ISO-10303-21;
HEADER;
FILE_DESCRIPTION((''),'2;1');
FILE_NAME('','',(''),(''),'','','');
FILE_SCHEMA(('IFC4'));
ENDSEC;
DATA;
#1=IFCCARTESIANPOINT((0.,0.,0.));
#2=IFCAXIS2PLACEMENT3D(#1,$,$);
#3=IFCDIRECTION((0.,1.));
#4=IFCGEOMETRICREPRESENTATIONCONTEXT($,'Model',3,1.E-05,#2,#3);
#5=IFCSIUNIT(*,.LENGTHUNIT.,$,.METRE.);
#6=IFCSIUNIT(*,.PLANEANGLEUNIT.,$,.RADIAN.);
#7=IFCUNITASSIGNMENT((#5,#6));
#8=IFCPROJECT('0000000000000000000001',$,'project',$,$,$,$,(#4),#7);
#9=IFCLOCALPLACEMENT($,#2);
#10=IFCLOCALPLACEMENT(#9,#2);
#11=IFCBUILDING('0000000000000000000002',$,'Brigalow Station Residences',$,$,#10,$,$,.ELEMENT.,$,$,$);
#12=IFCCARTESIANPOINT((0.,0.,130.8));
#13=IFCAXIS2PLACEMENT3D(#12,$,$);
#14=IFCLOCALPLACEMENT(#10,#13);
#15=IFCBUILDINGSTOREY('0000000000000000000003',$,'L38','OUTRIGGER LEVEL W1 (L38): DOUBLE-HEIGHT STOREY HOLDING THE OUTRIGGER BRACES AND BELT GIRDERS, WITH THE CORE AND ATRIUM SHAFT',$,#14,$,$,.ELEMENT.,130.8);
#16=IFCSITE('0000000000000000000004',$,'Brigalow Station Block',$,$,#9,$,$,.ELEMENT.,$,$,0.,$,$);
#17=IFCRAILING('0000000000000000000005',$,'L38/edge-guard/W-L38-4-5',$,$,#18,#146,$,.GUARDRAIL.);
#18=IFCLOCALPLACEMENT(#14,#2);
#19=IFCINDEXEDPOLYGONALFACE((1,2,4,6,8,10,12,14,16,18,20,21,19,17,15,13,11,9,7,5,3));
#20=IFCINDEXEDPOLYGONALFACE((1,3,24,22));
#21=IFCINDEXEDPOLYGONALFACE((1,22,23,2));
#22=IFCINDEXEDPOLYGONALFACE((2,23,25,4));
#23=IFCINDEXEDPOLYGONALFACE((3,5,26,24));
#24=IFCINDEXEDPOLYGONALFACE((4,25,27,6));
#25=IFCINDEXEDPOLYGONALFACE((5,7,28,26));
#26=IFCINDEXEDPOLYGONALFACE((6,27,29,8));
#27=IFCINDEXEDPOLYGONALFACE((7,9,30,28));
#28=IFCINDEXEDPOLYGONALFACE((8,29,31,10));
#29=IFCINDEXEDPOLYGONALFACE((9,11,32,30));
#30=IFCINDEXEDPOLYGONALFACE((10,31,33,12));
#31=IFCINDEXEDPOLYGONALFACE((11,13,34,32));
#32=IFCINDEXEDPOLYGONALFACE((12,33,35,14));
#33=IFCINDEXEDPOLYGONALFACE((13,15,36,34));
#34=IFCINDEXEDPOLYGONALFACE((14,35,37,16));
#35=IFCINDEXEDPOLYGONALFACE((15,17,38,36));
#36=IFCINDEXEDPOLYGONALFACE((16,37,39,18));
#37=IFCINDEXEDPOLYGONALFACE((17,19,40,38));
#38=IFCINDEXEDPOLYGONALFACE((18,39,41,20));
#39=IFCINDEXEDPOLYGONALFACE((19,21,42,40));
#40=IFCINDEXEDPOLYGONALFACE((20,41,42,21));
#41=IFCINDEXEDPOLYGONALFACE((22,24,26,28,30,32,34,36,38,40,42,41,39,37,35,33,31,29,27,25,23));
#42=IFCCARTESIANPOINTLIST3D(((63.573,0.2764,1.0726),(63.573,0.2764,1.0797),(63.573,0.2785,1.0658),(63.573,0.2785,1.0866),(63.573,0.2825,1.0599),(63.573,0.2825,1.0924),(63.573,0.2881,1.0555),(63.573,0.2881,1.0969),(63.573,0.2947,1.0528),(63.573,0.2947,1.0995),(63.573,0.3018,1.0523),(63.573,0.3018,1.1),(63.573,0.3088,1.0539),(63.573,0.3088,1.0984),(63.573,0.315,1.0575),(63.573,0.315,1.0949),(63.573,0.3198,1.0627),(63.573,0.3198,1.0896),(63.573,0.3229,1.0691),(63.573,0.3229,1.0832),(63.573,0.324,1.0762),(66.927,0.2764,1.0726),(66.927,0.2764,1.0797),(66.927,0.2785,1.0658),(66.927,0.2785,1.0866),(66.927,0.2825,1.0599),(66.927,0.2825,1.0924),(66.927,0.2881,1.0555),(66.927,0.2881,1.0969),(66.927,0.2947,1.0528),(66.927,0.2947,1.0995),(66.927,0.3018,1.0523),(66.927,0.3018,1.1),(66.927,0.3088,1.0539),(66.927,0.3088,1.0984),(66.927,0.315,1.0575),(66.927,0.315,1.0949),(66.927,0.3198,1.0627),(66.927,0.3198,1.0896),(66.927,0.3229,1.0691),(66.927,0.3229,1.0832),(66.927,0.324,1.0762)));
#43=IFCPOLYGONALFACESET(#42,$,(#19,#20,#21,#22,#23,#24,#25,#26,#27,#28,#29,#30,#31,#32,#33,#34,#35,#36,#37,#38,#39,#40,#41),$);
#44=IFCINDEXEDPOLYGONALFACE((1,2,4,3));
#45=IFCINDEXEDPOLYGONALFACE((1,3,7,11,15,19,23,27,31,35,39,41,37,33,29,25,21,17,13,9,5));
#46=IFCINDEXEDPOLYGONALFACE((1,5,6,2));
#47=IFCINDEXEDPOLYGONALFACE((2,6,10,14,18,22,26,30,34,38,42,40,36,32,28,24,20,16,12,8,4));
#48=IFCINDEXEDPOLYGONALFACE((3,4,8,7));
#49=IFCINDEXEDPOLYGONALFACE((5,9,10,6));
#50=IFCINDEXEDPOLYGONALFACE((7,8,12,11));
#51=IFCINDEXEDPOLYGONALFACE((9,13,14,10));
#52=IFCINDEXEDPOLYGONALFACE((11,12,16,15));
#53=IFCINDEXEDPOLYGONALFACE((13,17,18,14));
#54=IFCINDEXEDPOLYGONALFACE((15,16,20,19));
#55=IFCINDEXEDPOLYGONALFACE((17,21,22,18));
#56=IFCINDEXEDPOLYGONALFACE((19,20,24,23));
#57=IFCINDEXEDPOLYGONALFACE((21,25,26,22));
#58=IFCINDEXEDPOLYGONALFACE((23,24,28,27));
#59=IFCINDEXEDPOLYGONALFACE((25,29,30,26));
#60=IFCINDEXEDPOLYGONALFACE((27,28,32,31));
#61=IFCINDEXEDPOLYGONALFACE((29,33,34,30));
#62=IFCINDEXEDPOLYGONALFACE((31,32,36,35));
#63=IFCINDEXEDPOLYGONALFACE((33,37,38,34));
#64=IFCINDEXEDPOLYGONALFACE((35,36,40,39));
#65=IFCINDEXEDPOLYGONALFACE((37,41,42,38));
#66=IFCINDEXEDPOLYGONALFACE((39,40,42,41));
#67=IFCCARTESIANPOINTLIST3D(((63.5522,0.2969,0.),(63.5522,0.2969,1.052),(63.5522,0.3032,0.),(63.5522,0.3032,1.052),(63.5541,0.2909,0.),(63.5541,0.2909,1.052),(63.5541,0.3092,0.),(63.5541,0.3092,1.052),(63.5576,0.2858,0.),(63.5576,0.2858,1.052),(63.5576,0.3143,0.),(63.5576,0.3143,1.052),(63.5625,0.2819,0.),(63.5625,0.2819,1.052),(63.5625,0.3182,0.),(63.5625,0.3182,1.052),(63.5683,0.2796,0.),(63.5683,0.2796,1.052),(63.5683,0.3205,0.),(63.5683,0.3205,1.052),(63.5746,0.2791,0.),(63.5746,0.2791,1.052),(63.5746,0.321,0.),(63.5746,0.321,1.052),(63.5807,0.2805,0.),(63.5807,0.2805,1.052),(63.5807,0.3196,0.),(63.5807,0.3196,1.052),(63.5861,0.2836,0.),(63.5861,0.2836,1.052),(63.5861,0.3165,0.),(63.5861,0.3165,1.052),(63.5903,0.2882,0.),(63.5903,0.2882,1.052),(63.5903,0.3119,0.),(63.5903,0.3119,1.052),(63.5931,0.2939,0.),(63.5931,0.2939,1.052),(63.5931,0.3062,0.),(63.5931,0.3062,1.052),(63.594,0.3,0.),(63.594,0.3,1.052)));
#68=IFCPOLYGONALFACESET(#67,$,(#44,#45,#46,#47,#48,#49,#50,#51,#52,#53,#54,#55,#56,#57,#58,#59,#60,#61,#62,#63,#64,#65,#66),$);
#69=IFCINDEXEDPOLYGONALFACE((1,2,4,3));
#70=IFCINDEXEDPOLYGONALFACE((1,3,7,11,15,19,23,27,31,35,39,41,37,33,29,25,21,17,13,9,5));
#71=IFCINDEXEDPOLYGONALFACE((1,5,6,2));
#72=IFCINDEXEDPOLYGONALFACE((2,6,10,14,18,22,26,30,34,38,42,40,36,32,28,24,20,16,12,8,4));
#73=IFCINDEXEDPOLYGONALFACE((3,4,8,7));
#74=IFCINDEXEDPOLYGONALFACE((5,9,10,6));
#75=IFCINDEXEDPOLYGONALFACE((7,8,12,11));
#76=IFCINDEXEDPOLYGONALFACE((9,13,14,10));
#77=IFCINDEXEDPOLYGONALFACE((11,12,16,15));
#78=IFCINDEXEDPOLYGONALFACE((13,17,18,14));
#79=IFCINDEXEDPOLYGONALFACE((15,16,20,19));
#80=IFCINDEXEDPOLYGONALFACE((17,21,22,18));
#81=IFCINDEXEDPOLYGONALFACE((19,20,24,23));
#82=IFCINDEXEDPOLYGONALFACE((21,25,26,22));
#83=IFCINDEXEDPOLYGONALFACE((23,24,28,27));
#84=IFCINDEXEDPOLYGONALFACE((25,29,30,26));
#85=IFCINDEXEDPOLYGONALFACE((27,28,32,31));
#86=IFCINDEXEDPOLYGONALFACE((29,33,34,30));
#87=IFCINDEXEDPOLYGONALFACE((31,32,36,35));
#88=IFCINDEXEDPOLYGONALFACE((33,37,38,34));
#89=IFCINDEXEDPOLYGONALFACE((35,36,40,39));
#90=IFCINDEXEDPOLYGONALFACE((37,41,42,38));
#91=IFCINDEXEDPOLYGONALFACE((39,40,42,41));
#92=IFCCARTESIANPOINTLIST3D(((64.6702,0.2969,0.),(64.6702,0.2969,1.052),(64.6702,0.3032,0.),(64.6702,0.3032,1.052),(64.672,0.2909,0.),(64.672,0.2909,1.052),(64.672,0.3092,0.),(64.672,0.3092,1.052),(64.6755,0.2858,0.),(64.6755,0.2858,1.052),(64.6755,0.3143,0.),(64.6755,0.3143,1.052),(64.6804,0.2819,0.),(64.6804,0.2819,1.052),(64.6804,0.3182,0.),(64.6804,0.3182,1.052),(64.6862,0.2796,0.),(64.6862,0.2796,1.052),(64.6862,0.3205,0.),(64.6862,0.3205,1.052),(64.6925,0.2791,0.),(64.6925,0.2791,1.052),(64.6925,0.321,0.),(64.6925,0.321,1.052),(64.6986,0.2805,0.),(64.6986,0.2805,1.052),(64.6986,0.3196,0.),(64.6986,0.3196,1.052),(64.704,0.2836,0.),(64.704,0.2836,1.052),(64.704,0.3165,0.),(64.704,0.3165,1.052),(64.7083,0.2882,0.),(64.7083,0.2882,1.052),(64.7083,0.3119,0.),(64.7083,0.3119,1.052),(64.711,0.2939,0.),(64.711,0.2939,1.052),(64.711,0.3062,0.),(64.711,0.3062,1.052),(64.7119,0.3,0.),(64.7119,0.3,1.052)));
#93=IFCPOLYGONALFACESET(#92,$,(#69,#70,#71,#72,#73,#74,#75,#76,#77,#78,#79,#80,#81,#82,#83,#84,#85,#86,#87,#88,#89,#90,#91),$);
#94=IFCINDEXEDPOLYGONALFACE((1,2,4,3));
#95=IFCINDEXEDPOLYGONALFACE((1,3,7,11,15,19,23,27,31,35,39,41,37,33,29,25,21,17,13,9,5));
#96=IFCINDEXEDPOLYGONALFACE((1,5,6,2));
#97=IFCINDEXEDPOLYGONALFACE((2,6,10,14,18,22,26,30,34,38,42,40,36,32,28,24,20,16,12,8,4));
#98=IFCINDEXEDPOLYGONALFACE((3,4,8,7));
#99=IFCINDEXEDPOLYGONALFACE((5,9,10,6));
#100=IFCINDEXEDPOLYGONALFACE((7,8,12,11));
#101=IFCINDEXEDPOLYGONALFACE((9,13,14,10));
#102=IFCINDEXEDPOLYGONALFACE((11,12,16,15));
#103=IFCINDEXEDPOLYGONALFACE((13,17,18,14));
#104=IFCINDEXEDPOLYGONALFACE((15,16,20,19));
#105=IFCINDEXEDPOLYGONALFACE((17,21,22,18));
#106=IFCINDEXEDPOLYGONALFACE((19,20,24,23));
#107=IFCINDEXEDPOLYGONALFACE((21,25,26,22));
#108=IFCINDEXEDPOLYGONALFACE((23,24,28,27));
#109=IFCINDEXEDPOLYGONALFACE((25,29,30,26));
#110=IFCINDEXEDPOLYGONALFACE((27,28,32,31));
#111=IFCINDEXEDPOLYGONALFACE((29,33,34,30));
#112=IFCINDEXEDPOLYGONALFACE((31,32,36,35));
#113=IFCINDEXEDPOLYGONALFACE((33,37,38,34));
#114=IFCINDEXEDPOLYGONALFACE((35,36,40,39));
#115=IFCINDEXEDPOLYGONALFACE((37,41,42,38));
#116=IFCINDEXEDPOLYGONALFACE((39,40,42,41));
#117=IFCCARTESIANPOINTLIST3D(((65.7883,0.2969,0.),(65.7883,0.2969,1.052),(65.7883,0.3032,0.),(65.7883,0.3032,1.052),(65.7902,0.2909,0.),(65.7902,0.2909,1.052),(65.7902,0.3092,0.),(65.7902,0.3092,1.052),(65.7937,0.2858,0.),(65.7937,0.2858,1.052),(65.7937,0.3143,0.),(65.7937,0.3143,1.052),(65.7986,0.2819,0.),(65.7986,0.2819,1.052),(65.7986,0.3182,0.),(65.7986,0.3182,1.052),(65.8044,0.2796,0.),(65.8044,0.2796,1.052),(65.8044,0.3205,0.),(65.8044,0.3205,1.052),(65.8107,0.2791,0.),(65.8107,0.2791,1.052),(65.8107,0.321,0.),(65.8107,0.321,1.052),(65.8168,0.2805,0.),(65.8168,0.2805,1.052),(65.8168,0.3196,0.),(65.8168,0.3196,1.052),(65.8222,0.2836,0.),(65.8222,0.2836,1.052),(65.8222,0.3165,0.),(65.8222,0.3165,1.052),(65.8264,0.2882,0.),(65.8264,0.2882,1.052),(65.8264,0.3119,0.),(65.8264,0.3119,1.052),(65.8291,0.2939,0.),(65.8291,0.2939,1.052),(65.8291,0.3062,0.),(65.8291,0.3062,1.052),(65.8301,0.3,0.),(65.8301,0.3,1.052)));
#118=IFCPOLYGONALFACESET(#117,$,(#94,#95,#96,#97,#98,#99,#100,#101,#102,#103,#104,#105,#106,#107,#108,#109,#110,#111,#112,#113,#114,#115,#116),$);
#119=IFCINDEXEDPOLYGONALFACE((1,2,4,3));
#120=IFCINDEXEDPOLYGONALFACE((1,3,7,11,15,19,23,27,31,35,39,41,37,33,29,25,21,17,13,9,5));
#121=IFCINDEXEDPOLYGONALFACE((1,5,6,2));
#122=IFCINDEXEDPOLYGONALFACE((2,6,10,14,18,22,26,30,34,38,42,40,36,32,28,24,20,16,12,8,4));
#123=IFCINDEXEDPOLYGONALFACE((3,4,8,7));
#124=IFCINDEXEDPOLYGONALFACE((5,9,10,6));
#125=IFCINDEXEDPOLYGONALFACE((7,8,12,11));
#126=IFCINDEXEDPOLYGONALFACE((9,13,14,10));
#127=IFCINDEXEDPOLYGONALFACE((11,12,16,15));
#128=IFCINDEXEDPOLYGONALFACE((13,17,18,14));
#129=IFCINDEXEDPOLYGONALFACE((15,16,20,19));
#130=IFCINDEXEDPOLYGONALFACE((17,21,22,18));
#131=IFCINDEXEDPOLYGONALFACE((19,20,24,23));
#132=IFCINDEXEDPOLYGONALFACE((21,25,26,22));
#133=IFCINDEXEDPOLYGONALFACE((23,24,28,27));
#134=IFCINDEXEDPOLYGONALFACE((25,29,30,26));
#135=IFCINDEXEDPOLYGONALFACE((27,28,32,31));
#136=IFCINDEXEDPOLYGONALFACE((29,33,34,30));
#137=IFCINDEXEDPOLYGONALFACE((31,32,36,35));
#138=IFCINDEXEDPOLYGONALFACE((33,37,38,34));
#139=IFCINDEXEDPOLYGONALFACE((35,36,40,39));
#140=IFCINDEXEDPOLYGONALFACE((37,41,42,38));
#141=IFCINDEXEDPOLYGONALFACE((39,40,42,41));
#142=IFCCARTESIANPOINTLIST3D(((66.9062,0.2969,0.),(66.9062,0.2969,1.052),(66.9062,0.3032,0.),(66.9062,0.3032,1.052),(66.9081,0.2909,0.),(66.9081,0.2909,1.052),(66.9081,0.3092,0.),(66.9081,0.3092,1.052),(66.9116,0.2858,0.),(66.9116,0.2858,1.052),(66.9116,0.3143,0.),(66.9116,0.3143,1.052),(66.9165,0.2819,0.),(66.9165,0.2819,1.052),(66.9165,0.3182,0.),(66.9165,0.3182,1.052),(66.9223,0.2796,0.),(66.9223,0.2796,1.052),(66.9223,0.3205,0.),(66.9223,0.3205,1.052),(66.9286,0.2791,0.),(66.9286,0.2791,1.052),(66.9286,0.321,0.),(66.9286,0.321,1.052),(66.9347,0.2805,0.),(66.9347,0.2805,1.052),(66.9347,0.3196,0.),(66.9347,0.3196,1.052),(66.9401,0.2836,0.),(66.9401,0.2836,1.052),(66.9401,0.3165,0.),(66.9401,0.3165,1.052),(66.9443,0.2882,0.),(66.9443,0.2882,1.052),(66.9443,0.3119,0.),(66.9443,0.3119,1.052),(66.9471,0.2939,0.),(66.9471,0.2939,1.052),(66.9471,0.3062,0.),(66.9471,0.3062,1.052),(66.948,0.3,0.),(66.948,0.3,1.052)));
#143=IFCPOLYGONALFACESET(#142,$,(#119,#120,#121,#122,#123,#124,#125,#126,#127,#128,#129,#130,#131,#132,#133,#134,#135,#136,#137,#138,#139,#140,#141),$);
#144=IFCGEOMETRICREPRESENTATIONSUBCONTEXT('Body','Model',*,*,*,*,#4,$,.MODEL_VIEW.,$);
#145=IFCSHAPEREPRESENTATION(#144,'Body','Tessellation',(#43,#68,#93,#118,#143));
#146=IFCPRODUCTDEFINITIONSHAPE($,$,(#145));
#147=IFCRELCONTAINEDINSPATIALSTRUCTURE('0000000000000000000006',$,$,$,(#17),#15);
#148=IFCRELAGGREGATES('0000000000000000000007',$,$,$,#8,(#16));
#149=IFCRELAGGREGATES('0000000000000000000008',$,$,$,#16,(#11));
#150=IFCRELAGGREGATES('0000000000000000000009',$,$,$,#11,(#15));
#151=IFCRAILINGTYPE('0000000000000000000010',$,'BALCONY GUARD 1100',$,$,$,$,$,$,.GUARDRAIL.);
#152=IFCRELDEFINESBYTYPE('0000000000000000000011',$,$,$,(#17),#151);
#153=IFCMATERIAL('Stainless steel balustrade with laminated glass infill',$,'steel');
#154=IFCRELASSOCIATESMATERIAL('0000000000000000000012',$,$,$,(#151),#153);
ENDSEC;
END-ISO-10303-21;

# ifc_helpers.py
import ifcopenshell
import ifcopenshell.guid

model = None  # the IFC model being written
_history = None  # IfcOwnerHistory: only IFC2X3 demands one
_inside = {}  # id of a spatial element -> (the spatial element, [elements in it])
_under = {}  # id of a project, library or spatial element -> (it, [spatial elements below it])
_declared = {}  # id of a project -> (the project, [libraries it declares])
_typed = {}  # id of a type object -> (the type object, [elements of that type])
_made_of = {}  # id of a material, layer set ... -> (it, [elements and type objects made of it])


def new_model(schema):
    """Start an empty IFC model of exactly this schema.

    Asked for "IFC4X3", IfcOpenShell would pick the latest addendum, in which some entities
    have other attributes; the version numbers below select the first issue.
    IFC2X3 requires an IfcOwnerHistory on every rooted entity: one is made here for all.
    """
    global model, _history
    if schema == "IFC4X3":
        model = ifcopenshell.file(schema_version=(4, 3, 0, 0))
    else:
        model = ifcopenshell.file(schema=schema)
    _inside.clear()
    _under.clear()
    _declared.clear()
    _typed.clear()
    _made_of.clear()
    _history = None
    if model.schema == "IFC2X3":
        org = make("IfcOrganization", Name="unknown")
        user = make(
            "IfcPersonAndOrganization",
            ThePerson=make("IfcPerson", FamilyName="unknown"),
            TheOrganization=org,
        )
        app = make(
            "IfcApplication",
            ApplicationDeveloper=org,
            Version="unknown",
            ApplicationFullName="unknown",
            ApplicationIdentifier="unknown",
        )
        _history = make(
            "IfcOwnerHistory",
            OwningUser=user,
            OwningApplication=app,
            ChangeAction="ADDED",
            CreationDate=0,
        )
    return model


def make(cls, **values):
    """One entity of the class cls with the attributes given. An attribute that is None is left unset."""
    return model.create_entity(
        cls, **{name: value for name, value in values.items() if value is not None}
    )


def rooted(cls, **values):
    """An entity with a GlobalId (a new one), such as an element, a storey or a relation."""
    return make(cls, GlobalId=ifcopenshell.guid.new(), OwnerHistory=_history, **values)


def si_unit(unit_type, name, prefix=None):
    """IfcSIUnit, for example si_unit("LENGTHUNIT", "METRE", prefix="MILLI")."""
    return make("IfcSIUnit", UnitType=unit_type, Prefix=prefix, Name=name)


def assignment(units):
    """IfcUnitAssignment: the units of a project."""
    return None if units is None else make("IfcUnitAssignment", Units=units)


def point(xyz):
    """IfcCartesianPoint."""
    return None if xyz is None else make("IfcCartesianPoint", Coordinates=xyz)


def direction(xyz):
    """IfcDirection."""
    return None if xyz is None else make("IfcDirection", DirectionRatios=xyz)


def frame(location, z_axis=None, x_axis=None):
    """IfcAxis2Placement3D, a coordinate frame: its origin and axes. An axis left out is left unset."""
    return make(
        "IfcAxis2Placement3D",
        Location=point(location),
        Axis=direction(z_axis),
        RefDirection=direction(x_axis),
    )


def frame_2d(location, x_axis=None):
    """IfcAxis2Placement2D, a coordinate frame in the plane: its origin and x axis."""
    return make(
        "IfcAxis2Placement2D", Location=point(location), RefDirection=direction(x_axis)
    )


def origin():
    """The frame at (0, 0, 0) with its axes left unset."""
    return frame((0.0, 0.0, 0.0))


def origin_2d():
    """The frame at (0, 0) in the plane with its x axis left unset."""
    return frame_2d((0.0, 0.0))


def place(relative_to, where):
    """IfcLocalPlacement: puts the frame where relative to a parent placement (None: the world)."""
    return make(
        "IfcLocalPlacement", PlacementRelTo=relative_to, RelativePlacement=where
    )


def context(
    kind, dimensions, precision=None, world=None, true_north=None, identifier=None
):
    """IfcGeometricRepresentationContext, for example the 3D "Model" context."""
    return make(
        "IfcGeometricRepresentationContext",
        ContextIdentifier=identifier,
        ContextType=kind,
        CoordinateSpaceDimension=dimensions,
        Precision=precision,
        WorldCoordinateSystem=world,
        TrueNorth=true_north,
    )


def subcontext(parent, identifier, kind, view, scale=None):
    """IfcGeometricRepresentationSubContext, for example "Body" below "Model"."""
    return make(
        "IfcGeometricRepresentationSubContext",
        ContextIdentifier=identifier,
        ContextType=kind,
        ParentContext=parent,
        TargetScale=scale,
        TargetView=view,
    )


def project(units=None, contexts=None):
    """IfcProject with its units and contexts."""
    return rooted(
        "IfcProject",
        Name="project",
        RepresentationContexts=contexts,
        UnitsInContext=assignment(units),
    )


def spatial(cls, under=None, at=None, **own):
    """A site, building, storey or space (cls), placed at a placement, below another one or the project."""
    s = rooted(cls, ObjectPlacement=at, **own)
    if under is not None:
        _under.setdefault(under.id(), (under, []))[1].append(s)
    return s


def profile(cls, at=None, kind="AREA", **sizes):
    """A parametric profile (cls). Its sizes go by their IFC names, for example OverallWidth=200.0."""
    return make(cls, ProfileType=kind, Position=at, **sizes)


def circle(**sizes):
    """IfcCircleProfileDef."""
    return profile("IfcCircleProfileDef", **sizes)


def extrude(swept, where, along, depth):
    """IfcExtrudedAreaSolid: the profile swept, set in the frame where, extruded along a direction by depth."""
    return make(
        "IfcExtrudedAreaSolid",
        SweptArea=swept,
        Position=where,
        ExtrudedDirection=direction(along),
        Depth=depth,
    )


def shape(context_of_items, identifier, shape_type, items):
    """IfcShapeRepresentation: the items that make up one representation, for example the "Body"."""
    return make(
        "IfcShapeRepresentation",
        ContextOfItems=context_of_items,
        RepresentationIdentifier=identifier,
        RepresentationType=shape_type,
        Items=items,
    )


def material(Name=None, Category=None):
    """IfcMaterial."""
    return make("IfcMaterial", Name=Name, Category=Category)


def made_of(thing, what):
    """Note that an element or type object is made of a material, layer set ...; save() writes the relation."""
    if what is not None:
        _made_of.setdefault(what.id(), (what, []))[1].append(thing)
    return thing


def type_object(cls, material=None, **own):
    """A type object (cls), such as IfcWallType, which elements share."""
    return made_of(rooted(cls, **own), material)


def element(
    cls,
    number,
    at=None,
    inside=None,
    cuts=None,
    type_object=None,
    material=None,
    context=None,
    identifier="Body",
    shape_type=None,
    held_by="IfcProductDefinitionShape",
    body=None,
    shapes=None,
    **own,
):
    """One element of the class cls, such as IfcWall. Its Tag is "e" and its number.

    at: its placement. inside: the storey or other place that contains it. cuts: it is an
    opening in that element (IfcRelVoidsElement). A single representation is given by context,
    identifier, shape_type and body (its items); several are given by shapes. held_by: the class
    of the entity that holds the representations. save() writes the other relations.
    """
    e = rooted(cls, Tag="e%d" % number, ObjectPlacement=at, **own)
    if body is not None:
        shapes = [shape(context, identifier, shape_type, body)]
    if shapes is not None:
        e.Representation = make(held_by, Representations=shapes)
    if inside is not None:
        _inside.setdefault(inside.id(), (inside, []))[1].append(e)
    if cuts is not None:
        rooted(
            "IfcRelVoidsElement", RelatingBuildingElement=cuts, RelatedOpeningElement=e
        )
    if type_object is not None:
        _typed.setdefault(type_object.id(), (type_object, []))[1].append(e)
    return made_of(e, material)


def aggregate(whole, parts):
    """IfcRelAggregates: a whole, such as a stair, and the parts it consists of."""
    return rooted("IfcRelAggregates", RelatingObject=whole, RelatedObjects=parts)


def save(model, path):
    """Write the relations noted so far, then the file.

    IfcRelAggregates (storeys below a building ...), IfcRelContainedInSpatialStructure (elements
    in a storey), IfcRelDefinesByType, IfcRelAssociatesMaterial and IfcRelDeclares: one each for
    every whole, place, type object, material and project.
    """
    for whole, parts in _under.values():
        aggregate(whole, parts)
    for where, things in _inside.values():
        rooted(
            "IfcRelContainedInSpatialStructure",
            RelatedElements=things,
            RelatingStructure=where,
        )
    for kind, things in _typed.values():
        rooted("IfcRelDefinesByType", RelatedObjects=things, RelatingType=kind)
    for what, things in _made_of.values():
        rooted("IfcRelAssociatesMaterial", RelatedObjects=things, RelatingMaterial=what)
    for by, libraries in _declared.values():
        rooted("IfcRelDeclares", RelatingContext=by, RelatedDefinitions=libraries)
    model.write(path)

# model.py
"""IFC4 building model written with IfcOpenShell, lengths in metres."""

from ifc_helpers import new_model, si_unit, direction, frame, origin, origin_2d, place, context, subcontext, project, spatial, circle, extrude, material, type_object, element, save


model = new_model("IFC4")

# Units and contexts
model_context = context("Model", 3, precision=1e-05, world=origin(), true_north=direction((0.0, 1.0)))
body_context = subcontext(model_context, "Body", "Model", "MODEL_VIEW")
ifc_project = project(units=[si_unit("LENGTHUNIT", "METRE"), si_unit("PLANEANGLEUNIT", "RADIAN")], contexts=[model_context])

# Site, building, storey
site_placement = place(None, origin())
site = spatial("IfcSite", under=ifc_project, at=site_placement, Name="Brigalow Station Block", CompositionType="ELEMENT", RefElevation=0.0)
building_placement = place(site_placement, origin())
building = spatial("IfcBuilding", under=site, at=building_placement, Name="Brigalow Station Residences", CompositionType="ELEMENT")
storey_placement = place(building_placement, frame((0.0, 0.0, 130.8)))
storey = spatial("IfcBuildingStorey", under=building, at=storey_placement, Name="L38", Description="OUTRIGGER LEVEL W1 (L38): DOUBLE-HEIGHT STOREY HOLDING THE OUTRIGGER BRACES AND BELT GIRDERS, WITH THE CORE AND ATRIUM SHAFT", CompositionType="ELEMENT", Elevation=130.8)

# Railing
ifc_material_1 = material(Name="Stainless steel balustrade with laminated glass infill", Category="steel")
railing_type = type_object("IfcRailingType", Name="BALCONY GUARD 1100", PredefinedType="GUARDRAIL", material=ifc_material_1)
for number, where, name in (
    (1, (63.573, 0.3, 0.0), "L38/edge-guard/W-L38-4-5"),
):
    element("IfcRailing", number, at=place(storey_placement, frame(where)), inside=storey, type_object=railing_type, Name=name, PredefinedType="GUARDRAIL", context=body_context, shape_type="SweptSolid", body=[
        extrude(circle(Radius=0.0239, at=origin_2d()), frame((0.0, 0.0, 1.0762), z_axis=(1.0, 0.0, 0.0), x_axis=(0.0, 1.0, 0.0)), (0.0, 0.0, 1.0), 3.354),
        extrude(circle(Radius=0.021, at=origin_2d()), origin(), (0.0, 0.0, 1.0), 1.052),
        extrude(circle(Radius=0.021, at=origin_2d()), frame((1.1179, 0.0, 0.0)), (0.0, 0.0, 1.0), 1.052),
        extrude(circle(Radius=0.021, at=origin_2d()), frame((2.2361, 0.0, 0.0)), (0.0, 0.0, 1.0), 1.052),
        extrude(circle(Radius=0.021, at=origin_2d()), frame((3.354, 0.0, 0.0)), (0.0, 0.0, 1.0), 1.052),
    ])

save(model, "model.ifc")
